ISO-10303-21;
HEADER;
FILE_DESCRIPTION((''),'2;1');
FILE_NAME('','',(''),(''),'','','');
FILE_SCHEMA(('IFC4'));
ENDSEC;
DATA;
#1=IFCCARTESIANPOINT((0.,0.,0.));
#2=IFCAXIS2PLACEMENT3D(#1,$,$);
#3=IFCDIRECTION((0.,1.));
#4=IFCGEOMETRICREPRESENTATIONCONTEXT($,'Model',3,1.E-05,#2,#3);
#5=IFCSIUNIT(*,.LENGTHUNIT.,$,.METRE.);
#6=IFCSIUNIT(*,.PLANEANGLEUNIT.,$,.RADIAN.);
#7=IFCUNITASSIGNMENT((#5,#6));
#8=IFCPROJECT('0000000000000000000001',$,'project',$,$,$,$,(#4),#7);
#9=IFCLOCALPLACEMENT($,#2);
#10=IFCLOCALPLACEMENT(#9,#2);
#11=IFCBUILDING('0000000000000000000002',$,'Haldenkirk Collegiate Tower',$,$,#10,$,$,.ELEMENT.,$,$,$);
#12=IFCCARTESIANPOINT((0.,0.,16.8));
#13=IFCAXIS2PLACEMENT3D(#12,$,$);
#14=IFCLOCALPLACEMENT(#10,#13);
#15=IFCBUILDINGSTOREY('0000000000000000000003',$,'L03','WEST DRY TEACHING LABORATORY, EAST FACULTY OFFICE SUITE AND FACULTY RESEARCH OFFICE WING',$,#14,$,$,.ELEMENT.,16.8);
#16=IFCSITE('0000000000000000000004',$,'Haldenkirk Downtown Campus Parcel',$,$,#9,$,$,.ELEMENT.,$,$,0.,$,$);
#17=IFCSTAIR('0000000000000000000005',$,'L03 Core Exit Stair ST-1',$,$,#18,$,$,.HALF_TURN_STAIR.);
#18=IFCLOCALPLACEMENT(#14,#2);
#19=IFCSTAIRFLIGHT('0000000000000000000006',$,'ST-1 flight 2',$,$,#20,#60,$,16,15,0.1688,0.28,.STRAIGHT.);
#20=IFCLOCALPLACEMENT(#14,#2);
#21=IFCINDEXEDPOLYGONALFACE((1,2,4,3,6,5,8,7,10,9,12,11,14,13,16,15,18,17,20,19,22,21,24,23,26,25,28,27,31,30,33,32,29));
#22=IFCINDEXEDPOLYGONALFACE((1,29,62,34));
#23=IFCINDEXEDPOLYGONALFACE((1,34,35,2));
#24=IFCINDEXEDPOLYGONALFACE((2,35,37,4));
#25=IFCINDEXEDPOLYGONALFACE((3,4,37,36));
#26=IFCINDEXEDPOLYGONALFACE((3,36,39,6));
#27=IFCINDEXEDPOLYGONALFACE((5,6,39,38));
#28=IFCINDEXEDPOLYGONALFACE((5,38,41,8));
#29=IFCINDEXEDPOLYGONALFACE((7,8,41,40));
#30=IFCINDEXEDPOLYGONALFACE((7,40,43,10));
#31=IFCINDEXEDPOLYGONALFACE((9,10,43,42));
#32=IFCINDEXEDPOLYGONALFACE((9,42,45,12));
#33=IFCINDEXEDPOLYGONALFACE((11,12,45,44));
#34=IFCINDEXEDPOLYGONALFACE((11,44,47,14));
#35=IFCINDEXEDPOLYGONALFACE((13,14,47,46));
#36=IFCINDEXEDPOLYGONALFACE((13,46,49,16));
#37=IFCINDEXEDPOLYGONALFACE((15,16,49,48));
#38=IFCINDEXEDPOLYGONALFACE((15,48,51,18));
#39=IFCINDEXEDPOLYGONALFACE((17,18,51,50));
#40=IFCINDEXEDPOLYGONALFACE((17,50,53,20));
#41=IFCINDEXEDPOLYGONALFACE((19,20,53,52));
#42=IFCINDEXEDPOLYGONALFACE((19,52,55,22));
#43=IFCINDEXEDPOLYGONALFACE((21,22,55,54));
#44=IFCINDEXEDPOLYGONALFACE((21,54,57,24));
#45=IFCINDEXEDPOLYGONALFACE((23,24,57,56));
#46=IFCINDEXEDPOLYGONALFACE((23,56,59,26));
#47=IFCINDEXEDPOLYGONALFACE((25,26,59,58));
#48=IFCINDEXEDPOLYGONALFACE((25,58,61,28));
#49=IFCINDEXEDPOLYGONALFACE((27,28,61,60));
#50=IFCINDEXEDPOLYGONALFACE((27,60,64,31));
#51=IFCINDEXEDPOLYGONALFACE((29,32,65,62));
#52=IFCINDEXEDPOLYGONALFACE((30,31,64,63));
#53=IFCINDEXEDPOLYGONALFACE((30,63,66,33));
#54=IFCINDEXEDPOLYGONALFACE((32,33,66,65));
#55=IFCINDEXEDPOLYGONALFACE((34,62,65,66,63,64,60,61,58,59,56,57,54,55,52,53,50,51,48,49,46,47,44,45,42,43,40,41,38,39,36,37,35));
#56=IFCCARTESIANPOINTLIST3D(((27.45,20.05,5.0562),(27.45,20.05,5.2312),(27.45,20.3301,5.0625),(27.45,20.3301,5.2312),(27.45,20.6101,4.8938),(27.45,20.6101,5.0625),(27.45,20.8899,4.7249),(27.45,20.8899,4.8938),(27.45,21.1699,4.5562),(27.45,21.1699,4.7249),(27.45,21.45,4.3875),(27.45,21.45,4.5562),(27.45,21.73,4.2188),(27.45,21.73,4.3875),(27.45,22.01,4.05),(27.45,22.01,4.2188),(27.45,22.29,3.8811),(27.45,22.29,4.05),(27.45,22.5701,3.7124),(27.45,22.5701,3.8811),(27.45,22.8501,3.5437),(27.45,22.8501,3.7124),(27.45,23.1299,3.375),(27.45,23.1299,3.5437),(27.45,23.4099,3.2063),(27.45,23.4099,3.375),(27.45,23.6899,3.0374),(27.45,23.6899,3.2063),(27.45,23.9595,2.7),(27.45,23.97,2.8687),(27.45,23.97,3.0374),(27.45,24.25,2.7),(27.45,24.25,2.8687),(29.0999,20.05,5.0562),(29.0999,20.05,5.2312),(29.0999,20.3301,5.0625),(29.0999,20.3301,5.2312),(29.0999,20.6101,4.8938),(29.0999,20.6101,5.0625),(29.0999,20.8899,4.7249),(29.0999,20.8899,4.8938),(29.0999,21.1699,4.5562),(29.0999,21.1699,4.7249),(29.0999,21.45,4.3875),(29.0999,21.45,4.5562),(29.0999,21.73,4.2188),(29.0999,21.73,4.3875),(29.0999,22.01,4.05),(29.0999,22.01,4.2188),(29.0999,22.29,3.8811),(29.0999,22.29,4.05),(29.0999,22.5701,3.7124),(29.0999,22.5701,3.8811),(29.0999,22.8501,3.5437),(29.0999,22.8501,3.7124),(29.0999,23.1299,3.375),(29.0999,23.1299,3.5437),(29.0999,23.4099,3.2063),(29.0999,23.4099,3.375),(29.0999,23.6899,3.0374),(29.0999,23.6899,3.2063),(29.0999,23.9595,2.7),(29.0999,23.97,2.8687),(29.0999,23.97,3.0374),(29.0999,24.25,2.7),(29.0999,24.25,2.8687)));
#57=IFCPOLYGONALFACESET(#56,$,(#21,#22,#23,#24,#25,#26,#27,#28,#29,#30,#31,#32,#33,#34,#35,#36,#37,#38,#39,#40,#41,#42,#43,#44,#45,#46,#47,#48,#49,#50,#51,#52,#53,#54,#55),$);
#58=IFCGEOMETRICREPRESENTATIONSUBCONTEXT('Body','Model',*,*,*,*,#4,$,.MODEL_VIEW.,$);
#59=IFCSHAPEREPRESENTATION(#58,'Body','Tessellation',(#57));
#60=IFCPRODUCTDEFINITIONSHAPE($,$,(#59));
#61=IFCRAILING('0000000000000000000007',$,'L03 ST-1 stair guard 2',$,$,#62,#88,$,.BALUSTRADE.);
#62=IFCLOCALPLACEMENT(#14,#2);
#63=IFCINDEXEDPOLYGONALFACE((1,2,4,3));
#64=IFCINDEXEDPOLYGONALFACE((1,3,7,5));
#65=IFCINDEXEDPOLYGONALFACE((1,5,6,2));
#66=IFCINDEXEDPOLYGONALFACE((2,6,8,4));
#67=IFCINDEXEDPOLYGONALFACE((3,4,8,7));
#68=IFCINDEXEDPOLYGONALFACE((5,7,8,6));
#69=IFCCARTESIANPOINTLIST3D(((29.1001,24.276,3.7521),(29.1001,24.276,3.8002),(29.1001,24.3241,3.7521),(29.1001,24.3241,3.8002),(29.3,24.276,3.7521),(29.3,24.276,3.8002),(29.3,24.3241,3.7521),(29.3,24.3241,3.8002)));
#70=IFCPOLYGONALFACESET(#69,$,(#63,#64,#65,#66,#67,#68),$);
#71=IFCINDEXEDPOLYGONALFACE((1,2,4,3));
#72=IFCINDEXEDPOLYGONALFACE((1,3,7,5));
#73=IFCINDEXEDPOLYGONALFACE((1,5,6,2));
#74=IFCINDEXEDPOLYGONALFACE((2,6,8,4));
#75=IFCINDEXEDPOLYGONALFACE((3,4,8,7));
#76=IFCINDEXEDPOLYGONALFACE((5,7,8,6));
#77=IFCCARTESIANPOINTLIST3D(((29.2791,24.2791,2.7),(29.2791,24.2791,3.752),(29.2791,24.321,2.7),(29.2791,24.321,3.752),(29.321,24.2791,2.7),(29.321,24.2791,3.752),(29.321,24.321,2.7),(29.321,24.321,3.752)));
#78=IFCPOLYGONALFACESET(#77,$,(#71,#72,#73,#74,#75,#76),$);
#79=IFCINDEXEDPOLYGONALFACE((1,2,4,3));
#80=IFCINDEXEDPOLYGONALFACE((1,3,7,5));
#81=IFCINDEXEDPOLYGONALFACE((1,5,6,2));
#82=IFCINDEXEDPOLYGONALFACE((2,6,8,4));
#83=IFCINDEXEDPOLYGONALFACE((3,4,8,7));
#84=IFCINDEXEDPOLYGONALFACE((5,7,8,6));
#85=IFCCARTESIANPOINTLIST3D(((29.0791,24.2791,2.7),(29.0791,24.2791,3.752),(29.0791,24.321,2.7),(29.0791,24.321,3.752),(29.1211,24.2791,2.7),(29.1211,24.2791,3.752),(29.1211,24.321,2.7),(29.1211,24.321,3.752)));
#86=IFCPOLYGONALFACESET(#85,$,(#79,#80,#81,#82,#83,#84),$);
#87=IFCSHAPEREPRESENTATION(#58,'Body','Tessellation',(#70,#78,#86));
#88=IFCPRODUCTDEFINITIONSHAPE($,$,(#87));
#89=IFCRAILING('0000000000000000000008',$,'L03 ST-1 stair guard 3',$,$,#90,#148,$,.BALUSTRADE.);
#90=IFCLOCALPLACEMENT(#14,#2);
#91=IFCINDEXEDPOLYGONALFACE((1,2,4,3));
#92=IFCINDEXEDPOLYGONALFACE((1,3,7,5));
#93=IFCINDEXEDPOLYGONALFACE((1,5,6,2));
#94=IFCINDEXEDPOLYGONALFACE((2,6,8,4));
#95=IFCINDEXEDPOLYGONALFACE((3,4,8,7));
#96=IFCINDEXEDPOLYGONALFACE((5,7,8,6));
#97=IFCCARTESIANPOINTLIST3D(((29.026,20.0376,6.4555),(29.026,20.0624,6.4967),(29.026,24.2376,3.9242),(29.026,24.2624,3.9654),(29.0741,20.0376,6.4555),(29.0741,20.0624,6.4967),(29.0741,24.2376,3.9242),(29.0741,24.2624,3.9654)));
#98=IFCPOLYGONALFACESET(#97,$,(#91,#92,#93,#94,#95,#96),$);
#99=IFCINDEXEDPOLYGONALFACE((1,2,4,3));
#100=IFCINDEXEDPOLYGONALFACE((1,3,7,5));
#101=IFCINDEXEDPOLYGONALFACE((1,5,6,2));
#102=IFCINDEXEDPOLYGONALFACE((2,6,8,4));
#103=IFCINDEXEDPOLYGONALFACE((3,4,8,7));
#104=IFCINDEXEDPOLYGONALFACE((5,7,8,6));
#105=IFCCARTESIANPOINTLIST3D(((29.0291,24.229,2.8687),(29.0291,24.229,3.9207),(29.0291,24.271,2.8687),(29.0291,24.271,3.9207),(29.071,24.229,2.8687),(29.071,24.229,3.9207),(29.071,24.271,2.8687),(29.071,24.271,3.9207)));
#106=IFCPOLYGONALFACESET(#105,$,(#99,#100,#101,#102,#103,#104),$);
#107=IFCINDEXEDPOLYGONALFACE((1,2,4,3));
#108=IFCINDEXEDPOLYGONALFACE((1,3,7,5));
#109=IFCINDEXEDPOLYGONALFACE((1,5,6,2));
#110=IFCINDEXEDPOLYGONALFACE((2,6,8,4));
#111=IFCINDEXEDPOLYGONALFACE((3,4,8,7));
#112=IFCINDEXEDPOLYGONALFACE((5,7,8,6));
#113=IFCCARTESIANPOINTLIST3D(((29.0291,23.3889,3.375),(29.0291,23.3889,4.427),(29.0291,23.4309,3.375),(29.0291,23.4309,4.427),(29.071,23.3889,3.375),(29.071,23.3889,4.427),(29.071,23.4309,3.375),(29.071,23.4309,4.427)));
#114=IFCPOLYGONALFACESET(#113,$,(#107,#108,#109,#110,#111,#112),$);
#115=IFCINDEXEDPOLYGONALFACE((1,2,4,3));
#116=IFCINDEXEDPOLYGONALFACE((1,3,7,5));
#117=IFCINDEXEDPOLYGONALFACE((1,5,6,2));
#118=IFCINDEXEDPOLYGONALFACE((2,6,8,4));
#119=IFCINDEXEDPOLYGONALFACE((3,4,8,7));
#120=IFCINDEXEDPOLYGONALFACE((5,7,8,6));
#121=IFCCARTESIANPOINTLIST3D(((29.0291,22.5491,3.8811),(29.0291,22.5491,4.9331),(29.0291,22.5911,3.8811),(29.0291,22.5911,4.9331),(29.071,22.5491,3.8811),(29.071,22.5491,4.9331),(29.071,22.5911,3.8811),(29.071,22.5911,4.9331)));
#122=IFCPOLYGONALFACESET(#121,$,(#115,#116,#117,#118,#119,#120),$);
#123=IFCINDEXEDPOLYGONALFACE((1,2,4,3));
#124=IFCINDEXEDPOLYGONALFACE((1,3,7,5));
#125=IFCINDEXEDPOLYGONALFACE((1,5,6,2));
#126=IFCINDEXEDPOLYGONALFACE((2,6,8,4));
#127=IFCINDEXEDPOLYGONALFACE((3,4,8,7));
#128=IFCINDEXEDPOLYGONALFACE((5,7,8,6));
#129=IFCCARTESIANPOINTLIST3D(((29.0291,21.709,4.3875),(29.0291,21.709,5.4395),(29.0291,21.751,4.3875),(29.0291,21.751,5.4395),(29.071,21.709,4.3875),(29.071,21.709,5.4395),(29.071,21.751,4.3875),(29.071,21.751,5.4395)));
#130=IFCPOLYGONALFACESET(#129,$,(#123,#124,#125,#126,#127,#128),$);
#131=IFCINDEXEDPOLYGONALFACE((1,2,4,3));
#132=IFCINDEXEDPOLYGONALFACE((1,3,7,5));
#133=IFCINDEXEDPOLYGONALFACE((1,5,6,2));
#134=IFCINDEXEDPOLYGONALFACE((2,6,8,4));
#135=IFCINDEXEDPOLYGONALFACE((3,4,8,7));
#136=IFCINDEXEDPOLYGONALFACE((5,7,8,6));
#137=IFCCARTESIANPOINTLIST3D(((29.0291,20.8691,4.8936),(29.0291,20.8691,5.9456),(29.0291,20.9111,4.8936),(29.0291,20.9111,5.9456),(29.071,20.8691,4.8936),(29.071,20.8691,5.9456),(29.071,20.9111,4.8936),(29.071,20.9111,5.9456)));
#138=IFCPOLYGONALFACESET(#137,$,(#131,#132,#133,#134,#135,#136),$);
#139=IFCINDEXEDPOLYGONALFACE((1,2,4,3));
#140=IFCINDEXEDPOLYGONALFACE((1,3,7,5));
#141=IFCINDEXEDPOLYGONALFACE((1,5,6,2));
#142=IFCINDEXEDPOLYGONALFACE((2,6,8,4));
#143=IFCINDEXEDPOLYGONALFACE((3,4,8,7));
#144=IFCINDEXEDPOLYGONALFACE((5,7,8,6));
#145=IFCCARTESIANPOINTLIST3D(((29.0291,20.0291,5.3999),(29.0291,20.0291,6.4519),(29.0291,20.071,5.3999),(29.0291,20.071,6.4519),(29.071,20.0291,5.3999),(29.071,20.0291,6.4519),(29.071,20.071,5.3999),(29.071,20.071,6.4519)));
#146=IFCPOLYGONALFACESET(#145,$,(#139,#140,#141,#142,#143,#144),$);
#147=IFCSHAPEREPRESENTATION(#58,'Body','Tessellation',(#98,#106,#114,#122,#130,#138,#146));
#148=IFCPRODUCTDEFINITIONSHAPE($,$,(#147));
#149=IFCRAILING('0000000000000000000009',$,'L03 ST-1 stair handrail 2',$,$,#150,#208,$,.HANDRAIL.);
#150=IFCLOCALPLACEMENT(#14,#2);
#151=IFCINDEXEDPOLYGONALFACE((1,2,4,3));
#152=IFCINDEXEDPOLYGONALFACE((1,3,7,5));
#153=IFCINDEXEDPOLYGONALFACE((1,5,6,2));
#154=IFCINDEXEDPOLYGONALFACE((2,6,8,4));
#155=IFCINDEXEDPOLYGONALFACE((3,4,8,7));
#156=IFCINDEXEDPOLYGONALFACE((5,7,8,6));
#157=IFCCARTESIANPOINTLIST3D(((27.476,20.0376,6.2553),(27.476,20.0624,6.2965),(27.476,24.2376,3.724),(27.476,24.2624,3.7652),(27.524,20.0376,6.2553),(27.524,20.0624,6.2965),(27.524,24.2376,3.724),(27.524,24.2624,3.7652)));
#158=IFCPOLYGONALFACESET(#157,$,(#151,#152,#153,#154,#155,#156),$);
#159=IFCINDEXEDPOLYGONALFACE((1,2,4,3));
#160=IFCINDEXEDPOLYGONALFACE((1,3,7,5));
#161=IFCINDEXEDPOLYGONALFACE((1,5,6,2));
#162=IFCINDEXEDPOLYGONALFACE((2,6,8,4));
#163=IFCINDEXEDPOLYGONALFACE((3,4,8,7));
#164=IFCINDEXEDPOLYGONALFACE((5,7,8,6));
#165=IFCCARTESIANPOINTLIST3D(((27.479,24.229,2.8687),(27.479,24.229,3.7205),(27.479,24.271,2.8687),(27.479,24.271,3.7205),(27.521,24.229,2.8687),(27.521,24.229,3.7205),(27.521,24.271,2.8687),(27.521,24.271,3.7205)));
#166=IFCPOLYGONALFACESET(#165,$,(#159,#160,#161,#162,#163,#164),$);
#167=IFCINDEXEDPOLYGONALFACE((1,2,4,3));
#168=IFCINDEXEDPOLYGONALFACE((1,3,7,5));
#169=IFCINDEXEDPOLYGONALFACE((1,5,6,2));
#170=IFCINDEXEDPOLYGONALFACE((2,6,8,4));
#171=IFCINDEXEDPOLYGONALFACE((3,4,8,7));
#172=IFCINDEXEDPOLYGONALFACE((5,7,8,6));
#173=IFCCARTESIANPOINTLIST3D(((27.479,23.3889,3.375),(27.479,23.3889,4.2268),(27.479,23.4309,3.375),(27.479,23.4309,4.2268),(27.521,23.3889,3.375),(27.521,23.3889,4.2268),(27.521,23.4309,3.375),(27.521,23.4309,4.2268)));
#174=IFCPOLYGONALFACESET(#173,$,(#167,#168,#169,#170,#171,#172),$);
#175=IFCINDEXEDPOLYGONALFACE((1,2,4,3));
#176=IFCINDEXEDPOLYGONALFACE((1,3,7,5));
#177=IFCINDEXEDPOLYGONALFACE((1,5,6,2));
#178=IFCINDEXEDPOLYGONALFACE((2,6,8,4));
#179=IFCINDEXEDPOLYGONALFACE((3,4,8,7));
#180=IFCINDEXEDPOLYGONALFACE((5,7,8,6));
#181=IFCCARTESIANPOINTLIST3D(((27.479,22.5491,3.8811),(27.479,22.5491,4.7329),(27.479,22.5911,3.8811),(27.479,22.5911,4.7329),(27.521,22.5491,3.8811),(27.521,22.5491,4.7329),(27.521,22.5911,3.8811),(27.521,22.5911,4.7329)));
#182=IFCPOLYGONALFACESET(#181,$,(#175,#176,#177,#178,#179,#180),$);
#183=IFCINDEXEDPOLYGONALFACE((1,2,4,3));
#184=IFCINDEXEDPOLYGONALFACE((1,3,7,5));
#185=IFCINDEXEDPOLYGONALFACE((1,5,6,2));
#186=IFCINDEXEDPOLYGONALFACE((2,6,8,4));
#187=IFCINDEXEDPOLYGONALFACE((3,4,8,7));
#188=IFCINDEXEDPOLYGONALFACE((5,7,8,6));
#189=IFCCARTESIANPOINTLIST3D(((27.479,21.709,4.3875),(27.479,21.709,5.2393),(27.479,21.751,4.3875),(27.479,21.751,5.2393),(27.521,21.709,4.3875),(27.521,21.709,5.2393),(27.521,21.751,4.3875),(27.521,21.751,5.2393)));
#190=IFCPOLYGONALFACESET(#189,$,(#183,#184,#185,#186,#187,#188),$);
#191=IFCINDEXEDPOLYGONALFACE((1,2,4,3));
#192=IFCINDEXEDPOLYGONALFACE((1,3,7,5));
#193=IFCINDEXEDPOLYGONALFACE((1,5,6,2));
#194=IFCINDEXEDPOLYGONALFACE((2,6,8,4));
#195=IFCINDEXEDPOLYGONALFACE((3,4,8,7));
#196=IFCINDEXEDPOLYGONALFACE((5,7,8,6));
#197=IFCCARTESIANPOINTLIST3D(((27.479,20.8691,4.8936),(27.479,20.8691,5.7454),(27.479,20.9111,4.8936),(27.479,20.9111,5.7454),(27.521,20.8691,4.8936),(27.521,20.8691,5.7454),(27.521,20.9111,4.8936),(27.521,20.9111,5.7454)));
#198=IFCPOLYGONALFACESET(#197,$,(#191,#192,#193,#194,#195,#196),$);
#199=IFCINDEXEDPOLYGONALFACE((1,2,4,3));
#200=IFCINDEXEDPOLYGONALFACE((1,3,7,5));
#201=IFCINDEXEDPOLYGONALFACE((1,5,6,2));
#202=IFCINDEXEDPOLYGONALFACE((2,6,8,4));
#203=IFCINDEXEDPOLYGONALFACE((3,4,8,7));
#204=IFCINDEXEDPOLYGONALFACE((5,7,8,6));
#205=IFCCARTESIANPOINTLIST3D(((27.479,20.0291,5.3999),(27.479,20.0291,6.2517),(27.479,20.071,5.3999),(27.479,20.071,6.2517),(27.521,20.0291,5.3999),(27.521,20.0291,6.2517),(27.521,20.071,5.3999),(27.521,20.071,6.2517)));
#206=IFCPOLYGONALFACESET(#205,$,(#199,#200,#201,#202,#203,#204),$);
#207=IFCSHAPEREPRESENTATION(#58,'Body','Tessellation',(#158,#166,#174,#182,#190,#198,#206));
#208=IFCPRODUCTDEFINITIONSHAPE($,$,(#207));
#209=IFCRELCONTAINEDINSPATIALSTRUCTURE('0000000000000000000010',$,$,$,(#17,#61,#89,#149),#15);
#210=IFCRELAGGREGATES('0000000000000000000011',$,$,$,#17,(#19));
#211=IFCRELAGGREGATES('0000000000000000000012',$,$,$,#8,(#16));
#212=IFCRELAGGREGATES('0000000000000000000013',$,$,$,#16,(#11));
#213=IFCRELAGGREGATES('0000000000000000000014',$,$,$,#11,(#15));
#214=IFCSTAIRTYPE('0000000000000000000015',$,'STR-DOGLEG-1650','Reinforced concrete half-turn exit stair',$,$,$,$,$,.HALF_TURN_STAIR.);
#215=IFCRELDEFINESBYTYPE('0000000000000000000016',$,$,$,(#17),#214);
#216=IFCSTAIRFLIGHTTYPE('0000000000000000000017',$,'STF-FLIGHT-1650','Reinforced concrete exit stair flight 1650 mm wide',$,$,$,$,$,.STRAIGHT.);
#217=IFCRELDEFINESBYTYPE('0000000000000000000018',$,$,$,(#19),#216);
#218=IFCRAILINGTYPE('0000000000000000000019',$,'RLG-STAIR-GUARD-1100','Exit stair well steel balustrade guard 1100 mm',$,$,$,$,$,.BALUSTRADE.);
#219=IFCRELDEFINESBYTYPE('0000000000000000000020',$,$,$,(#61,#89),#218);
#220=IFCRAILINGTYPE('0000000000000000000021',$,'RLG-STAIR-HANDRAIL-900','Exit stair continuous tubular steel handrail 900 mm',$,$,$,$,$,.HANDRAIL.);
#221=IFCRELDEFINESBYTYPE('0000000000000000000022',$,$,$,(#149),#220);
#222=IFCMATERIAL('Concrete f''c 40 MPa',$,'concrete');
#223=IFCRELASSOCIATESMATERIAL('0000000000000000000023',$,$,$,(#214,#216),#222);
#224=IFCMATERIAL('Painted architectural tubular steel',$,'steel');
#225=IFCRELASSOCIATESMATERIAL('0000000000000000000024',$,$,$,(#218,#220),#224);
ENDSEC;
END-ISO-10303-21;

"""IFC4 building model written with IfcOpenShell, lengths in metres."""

from ifc_helpers import new_model, si_unit, direction, frame, origin, origin_2d, place, context, subcontext, project, spatial, polyline, rectangle, outline, extrude, material, type_object, element, aggregate, save


model = new_model("IFC4")

# Units and contexts
model_context = context("Model", 3, precision=1e-05, world=origin(), true_north=direction((0.0, 1.0)))
body_context = subcontext(model_context, "Body", "Model", "MODEL_VIEW")
ifc_project = project(units=[si_unit("LENGTHUNIT", "METRE"), si_unit("PLANEANGLEUNIT", "RADIAN")], contexts=[model_context])

# Site, building, storey
site_placement = place(None, origin())
site = spatial("IfcSite", under=ifc_project, at=site_placement, Name="Haldenkirk Downtown Campus Parcel", CompositionType="ELEMENT", RefElevation=0.0)
building_placement = place(site_placement, origin())
building = spatial("IfcBuilding", under=site, at=building_placement, Name="Haldenkirk Collegiate Tower", CompositionType="ELEMENT")
storey_placement = place(building_placement, frame((0.0, 0.0, 16.8)))
storey = spatial("IfcBuildingStorey", under=building, at=storey_placement, Name="L03", Description="WEST DRY TEACHING LABORATORY, EAST FACULTY OFFICE SUITE AND FACULTY RESEARCH OFFICE WING", CompositionType="ELEMENT", Elevation=16.8)

# Stair, stair flight
ifc_material_1 = material(Name="Concrete f'c 40 MPa", Category="concrete")
stair_type = type_object("IfcStairType", Name="STR-DOGLEG-1650", Description="Reinforced concrete half-turn exit stair", PredefinedType="HALF_TURN_STAIR", material=ifc_material_1)
stair_placement = place(storey_placement, origin())
stair = element("IfcStair", 1, at=stair_placement, inside=storey, type_object=stair_type, Name="L03 Core Exit Stair ST-1", PredefinedType="HALF_TURN_STAIR")
stair_flight_type = type_object("IfcStairFlightType", Name="STF-FLIGHT-1650", Description="Reinforced concrete exit stair flight 1650 mm wide", PredefinedType="STRAIGHT", material=ifc_material_1)
stair_flight_placement = place(storey_placement, frame((28.2749, 24.25, 2.7), z_axis=(0.0, 0.0, 1.0), x_axis=(0.0, -1.0, 0.0)))
stair_flight = element("IfcStairFlight", 2, at=stair_flight_placement, type_object=stair_flight_type, Name="ST-1 flight 2", NumberOfRisers=16, NumberOfTreads=15, PredefinedType="STRAIGHT", RiserHeight=0.1688, TreadLength=0.28, context=body_context, shape_type="SweptSolid", body=[
    extrude(outline(polyline([(0.0, 0.0), (0.0, 0.1687), (0.28, 0.1687), (0.28, 0.3374), (0.5601, 0.3374), (0.5601, 0.5063), (0.8401, 0.5063), (0.8401, 0.675), (1.1201, 0.675), (1.1201, 0.8438), (1.3999, 0.8438), (1.3999, 1.0125), (1.6799, 1.0125), (1.6799, 1.1812), (1.96, 1.1812), (1.96, 1.3501), (2.24, 1.3501), (2.24, 1.5188), (2.52, 1.5188), (2.52, 1.6875), (2.8, 1.6875), (2.8, 1.8562), (3.0801, 1.8562), (3.0801, 2.0249), (3.3601, 2.0249), (3.3601, 2.1938), (3.6399, 2.1938), (3.6399, 2.3625), (3.9199, 2.3625), (3.9199, 2.5312), (4.2, 2.5312), (4.2, 2.7), (4.2, 2.3562), (0.2905, 0.0), (0.0, 0.0)])), frame((0.0, 0.825, 0.0), z_axis=(0.0, -1.0, 0.0), x_axis=(1.0, 0.0, 0.0)), (0.0, 0.0, 1.0), 1.6499),
])
aggregate(stair, [stair_flight])

# Railings
ifc_material_2 = material(Name="Painted architectural tubular steel", Category="steel")
railing_type_1 = type_object("IfcRailingType", Name="RLG-STAIR-GUARD-1100", Description="Exit stair well steel balustrade guard 1100 mm", PredefinedType="BALUSTRADE", material=ifc_material_2)
railing_1_placement = place(storey_placement, frame((29.3, 24.3, 2.7)))
element("IfcRailing", 3, at=railing_1_placement, inside=storey, type_object=railing_type_1, Name="L03 ST-1 stair guard 2", PredefinedType="BALUSTRADE", context=body_context, shape_type="SweptSolid", body=[
    extrude(rectangle(XDim=0.0481, YDim=0.0481, at=origin_2d()), frame((0.0, 0.0, 1.0762), z_axis=(-1.0, 0.0, 0.0), x_axis=(0.0, -1.0, 0.0)), (0.0, 0.0, 1.0), 0.2),
    extrude(rectangle(XDim=0.042, YDim=0.042, at=origin_2d()), origin(), (0.0, 0.0, 1.0), 1.052),
    extrude(rectangle(XDim=0.042, YDim=0.042, at=origin_2d()), frame((-0.2, 0.0, 0.0)), (0.0, 0.0, 1.0), 1.052),
])
railing_2_placement = place(storey_placement, frame((29.05, 24.25, 2.8687)))
element("IfcRailing", 4, at=railing_2_placement, inside=storey, type_object=railing_type_1, Name="L03 ST-1 stair guard 3", PredefinedType="BALUSTRADE", context=body_context, shape_type="SweptSolid", body=[
    extrude(rectangle(XDim=0.0481, YDim=0.0481, at=origin_2d()), frame((0.0, 0.0, 1.0762), z_axis=(0.0, -0.856476, 0.516186), x_axis=(1.0, 0.0, 0.0)), (0.0, 0.0, 1.0), 4.9038),
    extrude(rectangle(XDim=0.042, YDim=0.042, at=origin_2d()), origin(), (0.0, 0.0, 1.0), 1.052),
    extrude(rectangle(XDim=0.042, YDim=0.042, at=origin_2d()), frame((0.0, -0.8401, 0.5063)), (0.0, 0.0, 1.0), 1.052),
    extrude(rectangle(XDim=0.042, YDim=0.042, at=origin_2d()), frame((0.0, -1.6799, 1.0125)), (0.0, 0.0, 1.0), 1.052),
    extrude(rectangle(XDim=0.042, YDim=0.042, at=origin_2d()), frame((0.0, -2.52, 1.5188)), (0.0, 0.0, 1.0), 1.052),
    extrude(rectangle(XDim=0.042, YDim=0.042, at=origin_2d()), frame((0.0, -3.3599, 2.0249)), (0.0, 0.0, 1.0), 1.052),
    extrude(rectangle(XDim=0.042, YDim=0.042, at=origin_2d()), frame((0.0, -4.2, 2.5312)), (0.0, 0.0, 1.0), 1.052),
])
railing_type_2 = type_object("IfcRailingType", Name="RLG-STAIR-HANDRAIL-900", Description="Exit stair continuous tubular steel handrail 900 mm", PredefinedType="HANDRAIL", material=ifc_material_2)
railing_3_placement = place(storey_placement, frame((27.5, 24.25, 2.8687)))
element("IfcRailing", 5, at=railing_3_placement, inside=storey, type_object=railing_type_2, Name="L03 ST-1 stair handrail 2", PredefinedType="HANDRAIL", context=body_context, shape_type="SweptSolid", body=[
    extrude(rectangle(XDim=0.0481, YDim=0.0481, at=origin_2d()), frame((0.0, 0.0, 0.876), z_axis=(0.0, -0.856476, 0.516186), x_axis=(1.0, 0.0, 0.0)), (0.0, 0.0, 1.0), 4.9038),
    extrude(rectangle(XDim=0.042, YDim=0.042, at=origin_2d()), origin(), (0.0, 0.0, 1.0), 0.8518),
    extrude(rectangle(XDim=0.042, YDim=0.042, at=origin_2d()), frame((0.0, -0.8401, 0.5063)), (0.0, 0.0, 1.0), 0.8518),
    extrude(rectangle(XDim=0.042, YDim=0.042, at=origin_2d()), frame((0.0, -1.6799, 1.0125)), (0.0, 0.0, 1.0), 0.8518),
    extrude(rectangle(XDim=0.042, YDim=0.042, at=origin_2d()), frame((0.0, -2.52, 1.5188)), (0.0, 0.0, 1.0), 0.8518),
    extrude(rectangle(XDim=0.042, YDim=0.042, at=origin_2d()), frame((0.0, -3.3599, 2.0249)), (0.0, 0.0, 1.0), 0.8518),
    extrude(rectangle(XDim=0.042, YDim=0.042, at=origin_2d()), frame((0.0, -4.2, 2.5312)), (0.0, 0.0, 1.0), 0.8518),
])

save(model, "model.ifc")
